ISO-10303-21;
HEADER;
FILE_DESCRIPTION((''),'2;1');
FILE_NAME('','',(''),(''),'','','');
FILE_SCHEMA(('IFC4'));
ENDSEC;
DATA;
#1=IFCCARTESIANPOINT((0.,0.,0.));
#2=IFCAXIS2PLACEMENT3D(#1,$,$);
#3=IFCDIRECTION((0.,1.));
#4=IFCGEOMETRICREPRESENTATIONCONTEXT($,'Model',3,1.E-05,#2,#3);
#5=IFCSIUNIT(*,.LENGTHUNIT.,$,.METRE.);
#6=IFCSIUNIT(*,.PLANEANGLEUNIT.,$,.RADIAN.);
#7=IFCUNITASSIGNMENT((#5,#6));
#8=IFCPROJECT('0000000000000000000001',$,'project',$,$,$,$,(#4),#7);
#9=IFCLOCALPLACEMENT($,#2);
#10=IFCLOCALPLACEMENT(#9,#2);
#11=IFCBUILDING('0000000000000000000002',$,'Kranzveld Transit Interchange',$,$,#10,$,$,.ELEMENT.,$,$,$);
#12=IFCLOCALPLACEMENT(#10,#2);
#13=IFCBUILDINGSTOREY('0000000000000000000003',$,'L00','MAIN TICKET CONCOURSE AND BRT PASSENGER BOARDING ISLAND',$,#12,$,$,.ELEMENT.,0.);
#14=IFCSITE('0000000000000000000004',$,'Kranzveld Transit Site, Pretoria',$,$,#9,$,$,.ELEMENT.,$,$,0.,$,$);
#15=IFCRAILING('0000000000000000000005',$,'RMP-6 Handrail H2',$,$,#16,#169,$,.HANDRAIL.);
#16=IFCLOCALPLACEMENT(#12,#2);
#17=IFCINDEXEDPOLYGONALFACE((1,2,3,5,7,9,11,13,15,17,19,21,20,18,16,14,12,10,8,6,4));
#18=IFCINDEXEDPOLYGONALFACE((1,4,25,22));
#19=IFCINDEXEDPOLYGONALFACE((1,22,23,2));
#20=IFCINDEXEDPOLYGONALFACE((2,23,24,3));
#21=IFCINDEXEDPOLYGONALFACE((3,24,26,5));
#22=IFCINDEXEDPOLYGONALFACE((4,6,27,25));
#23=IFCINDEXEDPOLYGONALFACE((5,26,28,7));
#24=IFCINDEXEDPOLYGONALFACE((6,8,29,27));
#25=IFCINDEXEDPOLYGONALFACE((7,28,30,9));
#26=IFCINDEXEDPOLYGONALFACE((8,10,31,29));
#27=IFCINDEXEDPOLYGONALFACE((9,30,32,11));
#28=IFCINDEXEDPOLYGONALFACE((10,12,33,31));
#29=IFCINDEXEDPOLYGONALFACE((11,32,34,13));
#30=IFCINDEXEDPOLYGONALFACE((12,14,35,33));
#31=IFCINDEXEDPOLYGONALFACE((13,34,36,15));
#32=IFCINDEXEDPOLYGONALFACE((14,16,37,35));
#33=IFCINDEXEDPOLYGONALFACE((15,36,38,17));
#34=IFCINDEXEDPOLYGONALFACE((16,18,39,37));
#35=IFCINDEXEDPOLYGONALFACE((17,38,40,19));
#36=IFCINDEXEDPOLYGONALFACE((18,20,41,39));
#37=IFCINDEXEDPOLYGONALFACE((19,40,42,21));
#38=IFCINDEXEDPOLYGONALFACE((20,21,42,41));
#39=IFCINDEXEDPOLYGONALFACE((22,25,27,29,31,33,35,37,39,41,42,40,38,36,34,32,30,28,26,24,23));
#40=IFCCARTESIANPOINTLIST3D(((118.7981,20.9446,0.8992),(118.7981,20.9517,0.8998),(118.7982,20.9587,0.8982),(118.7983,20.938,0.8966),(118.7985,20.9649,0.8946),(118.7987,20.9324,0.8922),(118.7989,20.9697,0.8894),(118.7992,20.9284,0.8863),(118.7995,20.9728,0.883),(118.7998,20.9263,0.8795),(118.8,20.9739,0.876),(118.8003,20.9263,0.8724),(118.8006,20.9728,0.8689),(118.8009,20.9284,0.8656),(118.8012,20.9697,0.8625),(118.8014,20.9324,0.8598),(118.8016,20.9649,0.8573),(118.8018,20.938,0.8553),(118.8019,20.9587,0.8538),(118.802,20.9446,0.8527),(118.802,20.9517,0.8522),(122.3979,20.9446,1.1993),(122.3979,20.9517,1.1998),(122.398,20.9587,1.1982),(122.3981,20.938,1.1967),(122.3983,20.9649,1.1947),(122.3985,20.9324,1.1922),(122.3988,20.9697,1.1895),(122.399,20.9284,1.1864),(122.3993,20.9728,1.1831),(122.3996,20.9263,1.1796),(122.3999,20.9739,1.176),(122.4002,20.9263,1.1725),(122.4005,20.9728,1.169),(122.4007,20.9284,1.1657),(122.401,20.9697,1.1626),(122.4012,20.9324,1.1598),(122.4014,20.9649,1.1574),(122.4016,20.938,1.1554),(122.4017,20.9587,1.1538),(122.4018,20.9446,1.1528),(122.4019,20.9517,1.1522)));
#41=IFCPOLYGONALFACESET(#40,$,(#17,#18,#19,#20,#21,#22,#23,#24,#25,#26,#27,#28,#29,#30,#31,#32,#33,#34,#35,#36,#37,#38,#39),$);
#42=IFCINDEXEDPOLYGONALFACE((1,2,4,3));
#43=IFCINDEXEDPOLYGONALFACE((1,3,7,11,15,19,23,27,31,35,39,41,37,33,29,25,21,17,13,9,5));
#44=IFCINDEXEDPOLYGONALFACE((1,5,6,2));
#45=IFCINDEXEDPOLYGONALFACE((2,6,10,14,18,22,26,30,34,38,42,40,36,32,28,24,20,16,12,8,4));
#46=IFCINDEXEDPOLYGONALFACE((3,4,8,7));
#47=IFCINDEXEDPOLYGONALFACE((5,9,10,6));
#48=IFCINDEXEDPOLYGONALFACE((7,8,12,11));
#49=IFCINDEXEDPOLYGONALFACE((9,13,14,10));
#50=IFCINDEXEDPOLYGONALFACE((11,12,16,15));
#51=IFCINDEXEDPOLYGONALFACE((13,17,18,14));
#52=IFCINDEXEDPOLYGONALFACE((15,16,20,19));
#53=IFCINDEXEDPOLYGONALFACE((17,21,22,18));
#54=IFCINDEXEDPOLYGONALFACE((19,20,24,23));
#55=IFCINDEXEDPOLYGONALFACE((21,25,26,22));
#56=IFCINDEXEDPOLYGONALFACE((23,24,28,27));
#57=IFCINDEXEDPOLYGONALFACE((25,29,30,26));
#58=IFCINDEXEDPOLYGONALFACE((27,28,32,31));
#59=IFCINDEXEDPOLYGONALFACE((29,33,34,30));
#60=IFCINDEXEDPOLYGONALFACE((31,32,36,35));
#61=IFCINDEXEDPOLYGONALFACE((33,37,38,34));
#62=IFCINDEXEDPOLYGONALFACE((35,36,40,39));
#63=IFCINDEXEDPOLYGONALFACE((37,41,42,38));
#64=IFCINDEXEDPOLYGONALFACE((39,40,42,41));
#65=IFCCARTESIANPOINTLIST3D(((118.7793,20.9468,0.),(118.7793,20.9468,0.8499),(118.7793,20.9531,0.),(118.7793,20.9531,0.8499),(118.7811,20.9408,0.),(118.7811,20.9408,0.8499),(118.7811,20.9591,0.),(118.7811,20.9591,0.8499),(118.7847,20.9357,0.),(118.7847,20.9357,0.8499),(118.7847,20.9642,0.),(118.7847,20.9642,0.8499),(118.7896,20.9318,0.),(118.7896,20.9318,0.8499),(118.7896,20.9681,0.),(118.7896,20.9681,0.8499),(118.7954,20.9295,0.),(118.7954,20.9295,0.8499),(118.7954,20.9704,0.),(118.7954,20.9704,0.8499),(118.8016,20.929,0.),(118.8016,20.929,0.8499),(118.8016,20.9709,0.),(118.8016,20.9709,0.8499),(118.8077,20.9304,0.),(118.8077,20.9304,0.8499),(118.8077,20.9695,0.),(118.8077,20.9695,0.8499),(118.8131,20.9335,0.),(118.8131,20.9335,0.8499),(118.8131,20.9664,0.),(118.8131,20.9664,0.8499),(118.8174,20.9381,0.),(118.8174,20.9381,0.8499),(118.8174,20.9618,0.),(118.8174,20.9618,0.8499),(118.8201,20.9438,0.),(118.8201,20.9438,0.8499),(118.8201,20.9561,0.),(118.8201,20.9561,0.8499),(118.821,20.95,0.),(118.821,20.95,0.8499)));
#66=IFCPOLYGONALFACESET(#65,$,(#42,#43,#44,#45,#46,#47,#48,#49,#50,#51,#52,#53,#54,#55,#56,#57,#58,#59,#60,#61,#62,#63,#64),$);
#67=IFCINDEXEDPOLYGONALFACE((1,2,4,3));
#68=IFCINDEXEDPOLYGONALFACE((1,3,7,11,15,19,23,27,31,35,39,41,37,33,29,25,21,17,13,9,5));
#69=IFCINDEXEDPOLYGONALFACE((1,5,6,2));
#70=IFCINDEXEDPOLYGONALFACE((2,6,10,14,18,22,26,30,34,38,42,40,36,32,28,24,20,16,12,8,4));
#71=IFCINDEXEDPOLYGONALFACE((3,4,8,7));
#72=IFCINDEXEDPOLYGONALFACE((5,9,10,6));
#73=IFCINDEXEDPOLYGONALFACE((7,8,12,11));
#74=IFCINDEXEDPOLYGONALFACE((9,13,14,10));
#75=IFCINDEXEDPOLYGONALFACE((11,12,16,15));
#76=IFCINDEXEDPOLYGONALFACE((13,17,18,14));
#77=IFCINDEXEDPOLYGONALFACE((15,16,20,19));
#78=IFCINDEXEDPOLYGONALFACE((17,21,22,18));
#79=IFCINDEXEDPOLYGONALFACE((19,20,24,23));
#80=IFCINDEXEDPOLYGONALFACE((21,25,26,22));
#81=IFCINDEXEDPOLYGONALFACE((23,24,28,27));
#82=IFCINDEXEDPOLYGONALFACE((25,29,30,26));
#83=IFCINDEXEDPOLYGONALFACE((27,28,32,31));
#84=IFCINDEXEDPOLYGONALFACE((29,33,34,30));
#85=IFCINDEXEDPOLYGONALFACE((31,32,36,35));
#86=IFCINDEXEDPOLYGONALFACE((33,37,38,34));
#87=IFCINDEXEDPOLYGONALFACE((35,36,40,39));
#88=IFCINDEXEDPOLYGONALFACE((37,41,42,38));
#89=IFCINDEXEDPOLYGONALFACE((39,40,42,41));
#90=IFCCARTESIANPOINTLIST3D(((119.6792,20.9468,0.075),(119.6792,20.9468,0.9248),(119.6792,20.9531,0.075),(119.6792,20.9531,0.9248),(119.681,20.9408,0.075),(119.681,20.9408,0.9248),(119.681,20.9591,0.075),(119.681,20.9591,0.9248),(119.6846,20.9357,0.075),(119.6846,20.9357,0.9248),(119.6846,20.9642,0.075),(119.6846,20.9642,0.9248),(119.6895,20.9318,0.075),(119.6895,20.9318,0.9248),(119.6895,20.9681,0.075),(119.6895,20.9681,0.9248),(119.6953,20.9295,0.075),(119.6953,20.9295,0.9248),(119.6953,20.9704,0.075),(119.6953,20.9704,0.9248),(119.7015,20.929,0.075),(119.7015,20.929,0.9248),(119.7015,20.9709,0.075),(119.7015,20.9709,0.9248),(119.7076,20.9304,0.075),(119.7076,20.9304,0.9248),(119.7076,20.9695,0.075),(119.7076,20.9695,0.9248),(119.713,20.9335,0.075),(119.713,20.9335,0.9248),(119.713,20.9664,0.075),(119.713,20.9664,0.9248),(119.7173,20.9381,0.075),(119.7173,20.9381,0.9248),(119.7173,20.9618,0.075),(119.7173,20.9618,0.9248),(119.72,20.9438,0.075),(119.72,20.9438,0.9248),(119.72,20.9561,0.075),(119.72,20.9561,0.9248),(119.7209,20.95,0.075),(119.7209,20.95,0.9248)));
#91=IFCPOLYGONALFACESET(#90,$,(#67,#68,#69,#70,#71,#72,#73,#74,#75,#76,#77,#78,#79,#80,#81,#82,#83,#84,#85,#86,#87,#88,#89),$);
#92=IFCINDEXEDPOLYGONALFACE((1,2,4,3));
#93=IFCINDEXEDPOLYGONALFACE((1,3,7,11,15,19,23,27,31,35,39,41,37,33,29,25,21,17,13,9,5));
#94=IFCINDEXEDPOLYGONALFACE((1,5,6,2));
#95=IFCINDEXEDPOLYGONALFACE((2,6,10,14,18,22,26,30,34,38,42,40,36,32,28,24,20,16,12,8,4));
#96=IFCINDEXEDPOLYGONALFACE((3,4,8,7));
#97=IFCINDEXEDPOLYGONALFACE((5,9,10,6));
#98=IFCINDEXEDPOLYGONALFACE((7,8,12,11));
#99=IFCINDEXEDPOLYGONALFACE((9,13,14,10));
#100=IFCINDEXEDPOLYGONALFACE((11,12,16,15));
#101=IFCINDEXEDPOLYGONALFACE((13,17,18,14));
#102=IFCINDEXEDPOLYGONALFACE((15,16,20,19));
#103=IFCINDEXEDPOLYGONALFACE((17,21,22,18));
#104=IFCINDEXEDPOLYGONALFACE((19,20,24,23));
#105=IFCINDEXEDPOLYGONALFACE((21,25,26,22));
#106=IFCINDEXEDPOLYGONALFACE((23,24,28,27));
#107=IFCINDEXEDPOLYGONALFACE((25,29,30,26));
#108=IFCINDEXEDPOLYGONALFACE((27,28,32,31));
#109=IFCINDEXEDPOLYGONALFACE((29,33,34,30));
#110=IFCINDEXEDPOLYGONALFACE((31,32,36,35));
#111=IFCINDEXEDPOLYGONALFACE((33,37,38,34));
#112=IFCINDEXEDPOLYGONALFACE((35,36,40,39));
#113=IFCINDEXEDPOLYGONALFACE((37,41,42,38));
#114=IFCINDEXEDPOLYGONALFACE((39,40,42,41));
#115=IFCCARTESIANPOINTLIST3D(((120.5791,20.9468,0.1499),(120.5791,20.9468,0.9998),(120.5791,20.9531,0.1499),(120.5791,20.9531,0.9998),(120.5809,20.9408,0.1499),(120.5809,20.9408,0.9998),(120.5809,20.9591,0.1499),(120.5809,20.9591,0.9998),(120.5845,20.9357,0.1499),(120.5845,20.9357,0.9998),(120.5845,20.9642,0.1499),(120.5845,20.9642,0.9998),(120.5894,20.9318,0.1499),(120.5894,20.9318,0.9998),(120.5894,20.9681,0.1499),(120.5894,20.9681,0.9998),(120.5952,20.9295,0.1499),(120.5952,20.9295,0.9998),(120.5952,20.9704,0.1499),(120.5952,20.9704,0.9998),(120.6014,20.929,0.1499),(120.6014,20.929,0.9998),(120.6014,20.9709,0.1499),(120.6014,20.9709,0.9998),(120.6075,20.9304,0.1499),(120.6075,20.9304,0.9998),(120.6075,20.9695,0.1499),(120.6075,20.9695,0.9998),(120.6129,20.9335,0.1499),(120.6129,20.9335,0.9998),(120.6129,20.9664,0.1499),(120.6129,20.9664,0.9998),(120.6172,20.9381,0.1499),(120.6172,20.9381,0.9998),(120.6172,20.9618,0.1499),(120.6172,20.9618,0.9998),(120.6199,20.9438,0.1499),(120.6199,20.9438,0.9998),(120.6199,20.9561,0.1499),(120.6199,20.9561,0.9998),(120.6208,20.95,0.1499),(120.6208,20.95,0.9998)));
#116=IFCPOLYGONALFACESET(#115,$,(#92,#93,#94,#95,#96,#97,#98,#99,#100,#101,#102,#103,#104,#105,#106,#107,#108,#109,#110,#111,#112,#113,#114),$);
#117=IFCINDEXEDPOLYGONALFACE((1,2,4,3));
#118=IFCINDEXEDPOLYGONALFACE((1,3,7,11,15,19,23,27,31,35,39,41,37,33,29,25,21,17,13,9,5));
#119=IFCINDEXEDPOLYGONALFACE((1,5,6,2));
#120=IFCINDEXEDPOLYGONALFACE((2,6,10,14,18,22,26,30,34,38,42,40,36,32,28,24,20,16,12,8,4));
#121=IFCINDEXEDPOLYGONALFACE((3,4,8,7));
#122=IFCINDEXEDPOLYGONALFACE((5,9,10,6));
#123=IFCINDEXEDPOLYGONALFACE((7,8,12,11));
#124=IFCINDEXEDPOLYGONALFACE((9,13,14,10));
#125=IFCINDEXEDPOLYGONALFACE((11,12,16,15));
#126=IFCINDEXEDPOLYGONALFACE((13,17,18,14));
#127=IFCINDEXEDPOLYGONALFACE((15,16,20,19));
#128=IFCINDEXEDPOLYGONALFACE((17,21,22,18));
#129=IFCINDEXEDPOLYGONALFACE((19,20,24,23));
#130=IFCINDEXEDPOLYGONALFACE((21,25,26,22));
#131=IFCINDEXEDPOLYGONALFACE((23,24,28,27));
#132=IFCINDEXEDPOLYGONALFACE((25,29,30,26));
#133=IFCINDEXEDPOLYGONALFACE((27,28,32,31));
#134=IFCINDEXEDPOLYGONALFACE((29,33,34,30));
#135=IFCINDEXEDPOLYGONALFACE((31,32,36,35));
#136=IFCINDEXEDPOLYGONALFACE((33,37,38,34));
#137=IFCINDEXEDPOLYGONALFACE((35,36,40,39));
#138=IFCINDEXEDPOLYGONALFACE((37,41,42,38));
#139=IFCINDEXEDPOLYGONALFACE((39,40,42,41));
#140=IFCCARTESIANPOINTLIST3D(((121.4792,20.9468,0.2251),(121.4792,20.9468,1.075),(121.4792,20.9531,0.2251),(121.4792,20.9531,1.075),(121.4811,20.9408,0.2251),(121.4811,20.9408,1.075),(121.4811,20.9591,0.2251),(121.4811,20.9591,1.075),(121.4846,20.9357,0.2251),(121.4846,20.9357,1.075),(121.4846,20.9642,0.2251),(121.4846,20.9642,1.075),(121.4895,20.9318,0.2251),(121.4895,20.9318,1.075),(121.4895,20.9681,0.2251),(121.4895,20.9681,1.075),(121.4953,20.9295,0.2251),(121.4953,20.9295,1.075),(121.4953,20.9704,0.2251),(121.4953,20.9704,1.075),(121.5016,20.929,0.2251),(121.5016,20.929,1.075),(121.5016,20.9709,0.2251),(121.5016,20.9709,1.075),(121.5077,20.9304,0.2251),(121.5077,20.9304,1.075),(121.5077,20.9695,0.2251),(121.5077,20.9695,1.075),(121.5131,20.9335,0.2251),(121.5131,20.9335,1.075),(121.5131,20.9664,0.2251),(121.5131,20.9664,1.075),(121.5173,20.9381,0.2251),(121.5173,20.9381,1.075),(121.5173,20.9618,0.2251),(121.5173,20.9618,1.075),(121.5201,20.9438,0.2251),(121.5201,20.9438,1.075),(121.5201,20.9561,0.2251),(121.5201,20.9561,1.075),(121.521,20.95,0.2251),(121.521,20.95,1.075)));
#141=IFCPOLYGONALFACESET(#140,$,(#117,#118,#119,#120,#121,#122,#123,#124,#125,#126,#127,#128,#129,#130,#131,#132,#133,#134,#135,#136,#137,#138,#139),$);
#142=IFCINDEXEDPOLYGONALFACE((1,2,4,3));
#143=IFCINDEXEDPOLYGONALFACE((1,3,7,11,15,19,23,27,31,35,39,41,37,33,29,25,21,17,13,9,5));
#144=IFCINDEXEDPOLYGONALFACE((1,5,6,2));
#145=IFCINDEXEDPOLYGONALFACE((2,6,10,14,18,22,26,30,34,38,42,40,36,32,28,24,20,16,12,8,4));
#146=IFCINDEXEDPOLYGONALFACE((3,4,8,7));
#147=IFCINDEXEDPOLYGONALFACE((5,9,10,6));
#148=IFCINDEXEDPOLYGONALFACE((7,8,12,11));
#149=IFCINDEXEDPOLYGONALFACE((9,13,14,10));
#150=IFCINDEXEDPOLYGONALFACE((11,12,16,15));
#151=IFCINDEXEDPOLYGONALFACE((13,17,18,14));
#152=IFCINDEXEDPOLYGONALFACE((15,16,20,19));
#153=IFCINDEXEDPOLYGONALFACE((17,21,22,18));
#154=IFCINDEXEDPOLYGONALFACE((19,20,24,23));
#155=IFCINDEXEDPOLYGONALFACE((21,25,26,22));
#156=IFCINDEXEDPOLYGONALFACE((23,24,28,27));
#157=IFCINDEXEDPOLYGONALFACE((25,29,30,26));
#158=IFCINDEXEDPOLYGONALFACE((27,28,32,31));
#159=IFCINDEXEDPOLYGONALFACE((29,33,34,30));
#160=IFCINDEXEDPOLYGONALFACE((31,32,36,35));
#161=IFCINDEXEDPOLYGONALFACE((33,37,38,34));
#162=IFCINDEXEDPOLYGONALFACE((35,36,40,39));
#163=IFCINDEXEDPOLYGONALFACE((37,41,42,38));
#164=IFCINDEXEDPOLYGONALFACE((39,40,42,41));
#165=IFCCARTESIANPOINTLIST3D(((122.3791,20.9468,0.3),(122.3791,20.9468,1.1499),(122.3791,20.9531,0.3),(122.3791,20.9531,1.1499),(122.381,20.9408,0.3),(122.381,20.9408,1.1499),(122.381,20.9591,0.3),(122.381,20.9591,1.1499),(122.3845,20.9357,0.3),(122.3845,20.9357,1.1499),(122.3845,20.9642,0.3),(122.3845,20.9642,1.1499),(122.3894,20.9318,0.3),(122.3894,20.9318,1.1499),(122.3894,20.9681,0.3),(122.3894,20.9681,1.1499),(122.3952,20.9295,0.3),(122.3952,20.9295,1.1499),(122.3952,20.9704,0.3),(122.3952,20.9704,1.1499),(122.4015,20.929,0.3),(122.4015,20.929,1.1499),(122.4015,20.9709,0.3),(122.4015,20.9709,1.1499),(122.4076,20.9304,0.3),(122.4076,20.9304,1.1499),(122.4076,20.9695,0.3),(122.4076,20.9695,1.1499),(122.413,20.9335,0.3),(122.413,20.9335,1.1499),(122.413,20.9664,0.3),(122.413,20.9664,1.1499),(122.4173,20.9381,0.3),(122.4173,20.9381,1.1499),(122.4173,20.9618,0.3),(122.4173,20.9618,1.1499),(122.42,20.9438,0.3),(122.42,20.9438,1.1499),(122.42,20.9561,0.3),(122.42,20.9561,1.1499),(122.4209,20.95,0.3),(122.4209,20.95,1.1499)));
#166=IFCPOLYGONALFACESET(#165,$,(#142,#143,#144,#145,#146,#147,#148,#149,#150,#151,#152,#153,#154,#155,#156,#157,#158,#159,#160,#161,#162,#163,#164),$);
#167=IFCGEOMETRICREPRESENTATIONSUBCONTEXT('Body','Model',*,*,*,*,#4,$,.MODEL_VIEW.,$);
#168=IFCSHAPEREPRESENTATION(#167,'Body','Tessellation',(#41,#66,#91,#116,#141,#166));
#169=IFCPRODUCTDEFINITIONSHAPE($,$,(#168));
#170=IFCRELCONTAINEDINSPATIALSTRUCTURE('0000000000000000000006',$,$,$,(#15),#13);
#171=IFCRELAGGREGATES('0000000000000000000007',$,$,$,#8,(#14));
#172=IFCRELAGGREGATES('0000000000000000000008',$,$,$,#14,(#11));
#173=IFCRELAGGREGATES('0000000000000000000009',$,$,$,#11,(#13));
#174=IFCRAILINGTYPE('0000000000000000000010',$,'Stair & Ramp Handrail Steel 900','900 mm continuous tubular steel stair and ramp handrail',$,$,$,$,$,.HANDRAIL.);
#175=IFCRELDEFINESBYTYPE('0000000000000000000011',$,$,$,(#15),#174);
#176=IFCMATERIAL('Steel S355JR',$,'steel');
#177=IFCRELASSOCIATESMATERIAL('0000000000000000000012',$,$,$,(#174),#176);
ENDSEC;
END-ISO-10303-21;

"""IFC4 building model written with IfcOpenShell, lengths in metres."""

from ifc_helpers import new_model, si_unit, direction, frame, origin, origin_2d, place, context, subcontext, project, spatial, circle, extrude, material, type_object, element, save


model = new_model("IFC4")

# Units and contexts
model_context = context("Model", 3, precision=1e-05, world=origin(), true_north=direction((0.0, 1.0)))
body_context = subcontext(model_context, "Body", "Model", "MODEL_VIEW")
ifc_project = project(units=[si_unit("LENGTHUNIT", "METRE"), si_unit("PLANEANGLEUNIT", "RADIAN")], contexts=[model_context])

# Site, building, storey
site_placement = place(None, origin())
site = spatial("IfcSite", under=ifc_project, at=site_placement, Name="Kranzveld Transit Site, Pretoria", CompositionType="ELEMENT", RefElevation=0.0)
building_placement = place(site_placement, origin())
building = spatial("IfcBuilding", under=site, at=building_placement, Name="Kranzveld Transit Interchange", CompositionType="ELEMENT")
storey_placement = place(building_placement, origin())
storey = spatial("IfcBuildingStorey", under=building, at=storey_placement, Name="L00", Description="MAIN TICKET CONCOURSE AND BRT PASSENGER BOARDING ISLAND", CompositionType="ELEMENT", Elevation=0.0)

# Railing
ifc_material_1 = material(Name="Steel S355JR", Category="steel")
railing_type = type_object("IfcRailingType", Name="Stair & Ramp Handrail Steel 900", Description="900 mm continuous tubular steel stair and ramp handrail", PredefinedType="HANDRAIL", material=ifc_material_1)
for number, where, name in (
    (1, (118.8, 20.95, 0.0), "RMP-6 Handrail H2"),
):
    element("IfcRailing", number, at=place(storey_placement, frame(where)), inside=storey, type_object=railing_type, Name=name, PredefinedType="HANDRAIL", context=body_context, shape_type="SweptSolid", body=[
        extrude(circle(Radius=0.0239, at=origin_2d()), frame((0.0, 0.0, 0.876), z_axis=(0.996544, 0.0, 0.083062), x_axis=(0.0, 1.0, 0.0)), (0.0, 0.0, 1.0), 3.6123),
        extrude(circle(Radius=0.021, at=origin_2d()), origin(), (0.0, 0.0, 1.0), 0.8499),
        extrude(circle(Radius=0.021, at=origin_2d()), frame((0.8999, 0.0, 0.075)), (0.0, 0.0, 1.0), 0.8499),
        extrude(circle(Radius=0.021, at=origin_2d()), frame((1.7998, 0.0, 0.1499)), (0.0, 0.0, 1.0), 0.8499),
        extrude(circle(Radius=0.021, at=origin_2d()), frame((2.7, 0.0, 0.2251)), (0.0, 0.0, 1.0), 0.8499),
        extrude(circle(Radius=0.021, at=origin_2d()), frame((3.5999, 0.0, 0.3)), (0.0, 0.0, 1.0), 0.8499),
    ])

save(model, "model.ifc")
